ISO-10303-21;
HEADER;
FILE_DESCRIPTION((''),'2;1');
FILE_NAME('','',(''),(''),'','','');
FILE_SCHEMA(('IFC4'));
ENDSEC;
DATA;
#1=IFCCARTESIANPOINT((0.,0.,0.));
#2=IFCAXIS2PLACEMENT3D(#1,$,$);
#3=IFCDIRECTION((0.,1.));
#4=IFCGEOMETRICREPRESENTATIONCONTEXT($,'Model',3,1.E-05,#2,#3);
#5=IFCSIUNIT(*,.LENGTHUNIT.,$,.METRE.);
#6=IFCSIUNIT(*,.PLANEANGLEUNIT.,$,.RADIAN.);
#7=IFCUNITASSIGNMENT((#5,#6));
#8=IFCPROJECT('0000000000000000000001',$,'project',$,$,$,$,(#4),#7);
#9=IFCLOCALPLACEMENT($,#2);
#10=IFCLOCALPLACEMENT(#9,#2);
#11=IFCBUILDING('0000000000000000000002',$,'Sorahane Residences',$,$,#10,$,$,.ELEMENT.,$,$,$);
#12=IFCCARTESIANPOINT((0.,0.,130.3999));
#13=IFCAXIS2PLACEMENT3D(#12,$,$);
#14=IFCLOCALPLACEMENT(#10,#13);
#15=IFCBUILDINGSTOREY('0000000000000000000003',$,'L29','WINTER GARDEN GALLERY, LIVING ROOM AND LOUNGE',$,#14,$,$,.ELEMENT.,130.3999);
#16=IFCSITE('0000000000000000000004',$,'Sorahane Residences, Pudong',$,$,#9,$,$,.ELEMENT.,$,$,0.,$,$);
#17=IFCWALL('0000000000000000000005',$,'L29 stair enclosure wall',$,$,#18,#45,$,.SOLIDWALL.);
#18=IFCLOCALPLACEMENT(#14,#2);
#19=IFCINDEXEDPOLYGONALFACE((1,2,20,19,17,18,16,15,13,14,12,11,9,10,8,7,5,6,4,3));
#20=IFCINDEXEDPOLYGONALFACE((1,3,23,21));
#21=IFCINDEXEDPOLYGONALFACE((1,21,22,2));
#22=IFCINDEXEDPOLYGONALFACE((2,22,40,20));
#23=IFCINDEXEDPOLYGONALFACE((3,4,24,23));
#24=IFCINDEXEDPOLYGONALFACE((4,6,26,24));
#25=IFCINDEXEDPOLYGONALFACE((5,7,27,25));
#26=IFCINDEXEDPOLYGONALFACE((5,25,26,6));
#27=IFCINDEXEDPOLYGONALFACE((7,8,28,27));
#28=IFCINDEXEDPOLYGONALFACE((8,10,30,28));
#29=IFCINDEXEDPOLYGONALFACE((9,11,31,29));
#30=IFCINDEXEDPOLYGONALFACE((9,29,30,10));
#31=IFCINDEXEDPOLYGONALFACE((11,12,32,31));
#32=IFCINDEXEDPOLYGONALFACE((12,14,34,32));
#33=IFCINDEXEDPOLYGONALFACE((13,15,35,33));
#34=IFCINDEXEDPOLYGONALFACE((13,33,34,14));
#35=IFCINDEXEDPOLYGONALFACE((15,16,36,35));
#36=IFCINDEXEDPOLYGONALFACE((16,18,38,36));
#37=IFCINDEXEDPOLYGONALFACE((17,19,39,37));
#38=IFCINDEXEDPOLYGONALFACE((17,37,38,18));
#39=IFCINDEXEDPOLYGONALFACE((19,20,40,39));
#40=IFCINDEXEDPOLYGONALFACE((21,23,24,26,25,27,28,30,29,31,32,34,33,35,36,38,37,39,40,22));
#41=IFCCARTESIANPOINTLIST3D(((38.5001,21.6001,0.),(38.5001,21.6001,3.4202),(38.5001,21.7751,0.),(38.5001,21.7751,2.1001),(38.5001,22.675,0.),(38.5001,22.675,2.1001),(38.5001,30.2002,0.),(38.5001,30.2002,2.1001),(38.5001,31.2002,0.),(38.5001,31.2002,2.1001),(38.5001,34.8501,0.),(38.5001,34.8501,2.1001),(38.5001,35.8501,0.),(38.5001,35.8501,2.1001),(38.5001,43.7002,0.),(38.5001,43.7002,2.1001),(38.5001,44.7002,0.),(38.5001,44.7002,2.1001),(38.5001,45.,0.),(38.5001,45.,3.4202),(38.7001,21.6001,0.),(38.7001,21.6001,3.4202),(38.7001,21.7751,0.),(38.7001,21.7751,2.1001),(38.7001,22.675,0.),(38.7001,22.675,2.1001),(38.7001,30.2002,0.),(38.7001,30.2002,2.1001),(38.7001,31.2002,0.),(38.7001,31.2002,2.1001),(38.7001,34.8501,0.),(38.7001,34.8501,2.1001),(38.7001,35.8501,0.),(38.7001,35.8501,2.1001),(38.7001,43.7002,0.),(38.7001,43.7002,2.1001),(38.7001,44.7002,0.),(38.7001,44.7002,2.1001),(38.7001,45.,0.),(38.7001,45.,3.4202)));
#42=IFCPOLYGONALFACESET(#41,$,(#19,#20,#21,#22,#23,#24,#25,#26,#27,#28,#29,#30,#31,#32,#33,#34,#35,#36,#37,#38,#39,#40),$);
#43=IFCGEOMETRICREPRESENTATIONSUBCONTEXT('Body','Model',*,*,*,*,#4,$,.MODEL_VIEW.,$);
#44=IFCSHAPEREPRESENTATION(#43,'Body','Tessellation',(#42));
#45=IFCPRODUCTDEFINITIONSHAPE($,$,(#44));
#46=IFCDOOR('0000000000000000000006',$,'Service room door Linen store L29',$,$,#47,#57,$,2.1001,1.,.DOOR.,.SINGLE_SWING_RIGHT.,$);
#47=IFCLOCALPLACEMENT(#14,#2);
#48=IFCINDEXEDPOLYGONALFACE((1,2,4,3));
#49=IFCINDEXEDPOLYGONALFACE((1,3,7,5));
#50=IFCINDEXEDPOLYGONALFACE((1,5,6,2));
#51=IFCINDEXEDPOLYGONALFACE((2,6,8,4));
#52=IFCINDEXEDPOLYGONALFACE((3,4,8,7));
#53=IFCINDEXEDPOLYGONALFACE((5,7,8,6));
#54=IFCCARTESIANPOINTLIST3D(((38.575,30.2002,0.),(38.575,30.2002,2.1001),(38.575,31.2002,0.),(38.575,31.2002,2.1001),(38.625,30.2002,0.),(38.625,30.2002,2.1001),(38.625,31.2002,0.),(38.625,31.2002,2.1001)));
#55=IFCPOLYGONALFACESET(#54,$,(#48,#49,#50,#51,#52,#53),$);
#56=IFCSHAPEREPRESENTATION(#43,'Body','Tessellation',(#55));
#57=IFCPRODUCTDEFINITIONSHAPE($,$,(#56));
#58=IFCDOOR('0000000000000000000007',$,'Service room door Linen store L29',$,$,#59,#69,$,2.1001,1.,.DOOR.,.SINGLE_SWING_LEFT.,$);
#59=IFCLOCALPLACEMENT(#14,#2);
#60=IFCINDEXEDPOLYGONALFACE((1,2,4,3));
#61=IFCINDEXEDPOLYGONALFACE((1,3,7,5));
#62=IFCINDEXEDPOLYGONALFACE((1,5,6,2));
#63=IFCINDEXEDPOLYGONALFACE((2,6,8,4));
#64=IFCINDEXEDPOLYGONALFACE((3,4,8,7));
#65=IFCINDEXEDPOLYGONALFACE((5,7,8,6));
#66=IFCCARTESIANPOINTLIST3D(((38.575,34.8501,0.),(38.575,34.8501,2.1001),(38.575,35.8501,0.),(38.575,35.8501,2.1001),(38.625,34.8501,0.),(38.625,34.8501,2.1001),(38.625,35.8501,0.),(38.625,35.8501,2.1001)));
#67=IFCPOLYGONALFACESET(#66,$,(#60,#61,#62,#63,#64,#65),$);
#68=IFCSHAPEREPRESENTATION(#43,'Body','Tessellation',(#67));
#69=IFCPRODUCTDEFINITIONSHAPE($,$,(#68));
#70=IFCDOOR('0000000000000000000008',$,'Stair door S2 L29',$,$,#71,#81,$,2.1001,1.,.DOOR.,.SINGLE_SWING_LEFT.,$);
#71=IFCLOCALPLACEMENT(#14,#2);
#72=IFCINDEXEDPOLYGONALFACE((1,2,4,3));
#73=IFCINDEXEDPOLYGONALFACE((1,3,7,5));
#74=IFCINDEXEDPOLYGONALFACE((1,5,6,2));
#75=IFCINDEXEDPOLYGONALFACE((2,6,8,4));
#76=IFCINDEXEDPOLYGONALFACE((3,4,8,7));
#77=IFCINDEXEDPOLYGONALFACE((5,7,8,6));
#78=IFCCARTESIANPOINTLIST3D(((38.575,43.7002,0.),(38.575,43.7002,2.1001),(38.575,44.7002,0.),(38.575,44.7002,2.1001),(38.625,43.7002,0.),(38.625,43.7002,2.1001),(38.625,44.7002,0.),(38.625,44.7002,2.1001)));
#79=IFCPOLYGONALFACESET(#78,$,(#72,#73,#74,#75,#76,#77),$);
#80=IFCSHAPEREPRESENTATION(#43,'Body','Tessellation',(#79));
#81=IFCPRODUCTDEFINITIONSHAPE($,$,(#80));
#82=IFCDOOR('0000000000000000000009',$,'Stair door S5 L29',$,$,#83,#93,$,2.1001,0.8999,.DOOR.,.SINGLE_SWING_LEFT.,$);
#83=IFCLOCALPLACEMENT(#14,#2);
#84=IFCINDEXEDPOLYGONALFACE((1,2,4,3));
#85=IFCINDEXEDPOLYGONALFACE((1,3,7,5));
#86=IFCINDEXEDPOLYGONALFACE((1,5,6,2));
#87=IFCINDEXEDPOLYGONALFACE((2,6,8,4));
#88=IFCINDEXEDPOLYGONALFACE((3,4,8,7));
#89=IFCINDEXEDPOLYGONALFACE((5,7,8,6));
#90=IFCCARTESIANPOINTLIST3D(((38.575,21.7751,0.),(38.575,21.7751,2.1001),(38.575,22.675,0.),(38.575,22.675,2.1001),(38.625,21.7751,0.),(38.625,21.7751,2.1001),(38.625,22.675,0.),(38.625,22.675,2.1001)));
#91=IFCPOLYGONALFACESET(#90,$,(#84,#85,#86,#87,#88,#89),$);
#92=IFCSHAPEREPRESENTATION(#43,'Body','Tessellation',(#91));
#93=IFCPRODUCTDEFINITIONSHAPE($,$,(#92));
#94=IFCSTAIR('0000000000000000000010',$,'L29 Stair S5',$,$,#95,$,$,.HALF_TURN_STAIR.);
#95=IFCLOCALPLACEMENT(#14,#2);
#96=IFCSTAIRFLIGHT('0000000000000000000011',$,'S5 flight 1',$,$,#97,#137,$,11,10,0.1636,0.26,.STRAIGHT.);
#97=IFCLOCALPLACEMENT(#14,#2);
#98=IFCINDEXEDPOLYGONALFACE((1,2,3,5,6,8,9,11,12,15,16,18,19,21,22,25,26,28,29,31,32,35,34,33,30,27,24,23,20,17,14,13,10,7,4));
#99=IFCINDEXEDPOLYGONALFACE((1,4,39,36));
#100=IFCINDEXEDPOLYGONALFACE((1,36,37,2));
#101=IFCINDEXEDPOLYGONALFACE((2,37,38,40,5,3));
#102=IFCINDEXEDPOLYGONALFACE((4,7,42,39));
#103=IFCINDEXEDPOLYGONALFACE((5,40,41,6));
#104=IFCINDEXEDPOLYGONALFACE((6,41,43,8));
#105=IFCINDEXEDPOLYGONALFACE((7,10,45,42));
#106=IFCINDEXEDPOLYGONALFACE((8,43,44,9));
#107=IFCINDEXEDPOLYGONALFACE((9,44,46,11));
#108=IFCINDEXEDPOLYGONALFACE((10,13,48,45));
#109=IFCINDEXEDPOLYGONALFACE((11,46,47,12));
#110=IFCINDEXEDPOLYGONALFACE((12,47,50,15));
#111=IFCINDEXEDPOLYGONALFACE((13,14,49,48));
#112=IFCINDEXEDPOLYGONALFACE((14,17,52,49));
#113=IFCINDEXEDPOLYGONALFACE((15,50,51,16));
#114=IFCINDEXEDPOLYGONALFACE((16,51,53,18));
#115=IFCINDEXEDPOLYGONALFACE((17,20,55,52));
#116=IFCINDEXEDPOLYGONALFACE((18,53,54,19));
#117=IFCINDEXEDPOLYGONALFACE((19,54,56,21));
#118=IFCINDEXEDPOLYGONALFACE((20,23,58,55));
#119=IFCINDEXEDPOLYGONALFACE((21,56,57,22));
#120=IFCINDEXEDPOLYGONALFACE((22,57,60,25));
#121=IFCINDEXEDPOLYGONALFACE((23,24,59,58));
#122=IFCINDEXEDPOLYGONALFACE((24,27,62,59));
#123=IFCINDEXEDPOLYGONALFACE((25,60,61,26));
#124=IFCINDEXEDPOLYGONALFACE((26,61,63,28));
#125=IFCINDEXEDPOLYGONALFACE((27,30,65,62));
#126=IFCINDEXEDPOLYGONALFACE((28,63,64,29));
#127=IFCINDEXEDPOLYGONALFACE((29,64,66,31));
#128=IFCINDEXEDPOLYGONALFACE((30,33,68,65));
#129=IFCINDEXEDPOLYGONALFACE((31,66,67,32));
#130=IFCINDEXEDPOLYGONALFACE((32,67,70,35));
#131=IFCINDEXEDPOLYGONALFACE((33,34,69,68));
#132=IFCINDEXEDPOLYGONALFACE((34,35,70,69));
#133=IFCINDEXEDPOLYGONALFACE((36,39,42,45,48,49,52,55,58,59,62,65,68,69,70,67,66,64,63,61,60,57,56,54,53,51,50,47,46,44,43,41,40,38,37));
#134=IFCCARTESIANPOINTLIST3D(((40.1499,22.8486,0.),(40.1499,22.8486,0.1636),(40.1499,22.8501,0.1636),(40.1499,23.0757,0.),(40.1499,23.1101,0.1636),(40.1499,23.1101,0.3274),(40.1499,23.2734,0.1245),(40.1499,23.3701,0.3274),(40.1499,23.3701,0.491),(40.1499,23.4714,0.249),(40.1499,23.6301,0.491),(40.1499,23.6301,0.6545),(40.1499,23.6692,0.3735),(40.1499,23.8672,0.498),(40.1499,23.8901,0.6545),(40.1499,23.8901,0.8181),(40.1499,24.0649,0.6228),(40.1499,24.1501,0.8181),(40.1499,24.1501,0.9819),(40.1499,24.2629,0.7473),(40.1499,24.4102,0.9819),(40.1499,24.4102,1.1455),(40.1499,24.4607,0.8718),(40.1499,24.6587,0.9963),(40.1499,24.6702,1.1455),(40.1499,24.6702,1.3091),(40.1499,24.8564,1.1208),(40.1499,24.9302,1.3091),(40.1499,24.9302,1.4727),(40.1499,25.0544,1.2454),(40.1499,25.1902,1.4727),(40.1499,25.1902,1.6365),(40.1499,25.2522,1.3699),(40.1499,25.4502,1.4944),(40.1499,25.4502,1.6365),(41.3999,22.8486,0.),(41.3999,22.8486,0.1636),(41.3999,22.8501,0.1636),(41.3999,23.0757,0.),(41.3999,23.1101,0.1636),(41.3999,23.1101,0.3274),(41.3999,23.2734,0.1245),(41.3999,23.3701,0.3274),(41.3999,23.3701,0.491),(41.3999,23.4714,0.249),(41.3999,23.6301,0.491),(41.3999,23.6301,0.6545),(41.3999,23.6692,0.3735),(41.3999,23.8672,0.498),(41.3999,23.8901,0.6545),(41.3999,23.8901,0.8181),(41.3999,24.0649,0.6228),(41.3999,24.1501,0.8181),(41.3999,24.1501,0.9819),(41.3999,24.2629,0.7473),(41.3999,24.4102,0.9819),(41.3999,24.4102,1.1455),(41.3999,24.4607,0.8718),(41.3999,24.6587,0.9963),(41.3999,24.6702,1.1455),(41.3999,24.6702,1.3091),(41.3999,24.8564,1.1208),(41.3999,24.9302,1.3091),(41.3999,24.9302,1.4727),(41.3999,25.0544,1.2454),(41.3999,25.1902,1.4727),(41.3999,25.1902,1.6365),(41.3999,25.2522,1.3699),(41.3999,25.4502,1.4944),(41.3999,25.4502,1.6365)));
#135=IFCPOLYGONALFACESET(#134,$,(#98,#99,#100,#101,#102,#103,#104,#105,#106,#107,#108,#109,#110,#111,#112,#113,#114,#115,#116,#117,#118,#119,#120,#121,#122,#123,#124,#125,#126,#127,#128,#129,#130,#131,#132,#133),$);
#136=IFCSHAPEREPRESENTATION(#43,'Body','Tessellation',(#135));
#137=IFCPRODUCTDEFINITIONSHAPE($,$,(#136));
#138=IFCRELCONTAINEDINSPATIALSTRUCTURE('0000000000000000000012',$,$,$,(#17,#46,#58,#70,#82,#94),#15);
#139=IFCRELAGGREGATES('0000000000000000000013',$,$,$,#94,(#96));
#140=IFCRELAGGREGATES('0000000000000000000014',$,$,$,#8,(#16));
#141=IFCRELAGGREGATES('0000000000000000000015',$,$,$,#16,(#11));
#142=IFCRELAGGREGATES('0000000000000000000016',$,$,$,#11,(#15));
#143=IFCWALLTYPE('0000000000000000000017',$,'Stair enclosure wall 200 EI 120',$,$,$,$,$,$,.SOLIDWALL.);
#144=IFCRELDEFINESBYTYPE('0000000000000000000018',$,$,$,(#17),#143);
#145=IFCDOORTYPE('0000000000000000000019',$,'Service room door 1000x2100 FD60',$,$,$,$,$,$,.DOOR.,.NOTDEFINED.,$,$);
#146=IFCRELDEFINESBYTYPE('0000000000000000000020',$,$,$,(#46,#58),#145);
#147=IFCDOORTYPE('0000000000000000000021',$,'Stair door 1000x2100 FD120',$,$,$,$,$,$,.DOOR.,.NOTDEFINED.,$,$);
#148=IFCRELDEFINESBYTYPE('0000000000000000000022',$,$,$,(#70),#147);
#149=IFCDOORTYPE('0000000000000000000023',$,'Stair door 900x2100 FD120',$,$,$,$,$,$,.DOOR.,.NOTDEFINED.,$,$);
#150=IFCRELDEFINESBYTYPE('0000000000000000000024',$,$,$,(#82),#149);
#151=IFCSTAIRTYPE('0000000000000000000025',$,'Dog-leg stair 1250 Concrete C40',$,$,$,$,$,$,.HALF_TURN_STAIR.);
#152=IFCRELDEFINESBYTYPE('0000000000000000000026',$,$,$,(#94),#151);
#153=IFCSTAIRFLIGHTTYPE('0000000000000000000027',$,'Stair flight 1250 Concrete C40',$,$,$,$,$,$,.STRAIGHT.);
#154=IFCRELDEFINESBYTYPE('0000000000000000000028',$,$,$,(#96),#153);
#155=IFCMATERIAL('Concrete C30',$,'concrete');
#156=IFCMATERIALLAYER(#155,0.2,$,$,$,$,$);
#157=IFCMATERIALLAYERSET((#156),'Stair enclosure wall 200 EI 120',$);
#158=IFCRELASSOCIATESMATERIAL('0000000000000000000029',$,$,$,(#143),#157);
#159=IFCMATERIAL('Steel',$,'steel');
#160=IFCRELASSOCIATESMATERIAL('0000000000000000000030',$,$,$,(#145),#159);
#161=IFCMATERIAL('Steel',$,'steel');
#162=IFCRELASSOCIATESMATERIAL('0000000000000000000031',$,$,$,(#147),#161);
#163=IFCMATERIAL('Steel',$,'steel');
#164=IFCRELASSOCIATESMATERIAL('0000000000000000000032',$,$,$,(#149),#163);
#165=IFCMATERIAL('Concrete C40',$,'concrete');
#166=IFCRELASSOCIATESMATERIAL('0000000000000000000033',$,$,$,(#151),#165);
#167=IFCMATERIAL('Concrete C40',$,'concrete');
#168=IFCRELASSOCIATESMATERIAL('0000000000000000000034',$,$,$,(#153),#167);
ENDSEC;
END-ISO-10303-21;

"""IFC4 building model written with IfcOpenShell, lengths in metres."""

from ifc_helpers import new_model, si_unit, direction, frame, frame_2d, origin, place, context, subcontext, project, spatial, polyline, rectangle, outline, extrude, material, layer, layer_set, type_object, element, fill, aggregate, save


model = new_model("IFC4")

# Units and contexts
model_context = context("Model", 3, precision=1e-05, world=origin(), true_north=direction((0.0, 1.0)))
body_context = subcontext(model_context, "Body", "Model", "MODEL_VIEW")
ifc_project = project(units=[si_unit("LENGTHUNIT", "METRE"), si_unit("PLANEANGLEUNIT", "RADIAN")], contexts=[model_context])

# Site, building, storey
site_placement = place(None, origin())
site = spatial("IfcSite", under=ifc_project, at=site_placement, Name="Sorahane Residences, Pudong", CompositionType="ELEMENT", RefElevation=0.0)
building_placement = place(site_placement, origin())
building = spatial("IfcBuilding", under=site, at=building_placement, Name="Sorahane Residences", CompositionType="ELEMENT")
storey_placement = place(building_placement, frame((0.0, 0.0, 130.3999)))
storey = spatial("IfcBuildingStorey", under=building, at=storey_placement, Name="L29", Description="WINTER GARDEN GALLERY, LIVING ROOM AND LOUNGE", CompositionType="ELEMENT", Elevation=130.3999)

# Wall, openings, doors
ifc_material_1 = material(Name="Concrete C30", Category="concrete")
ifc_layer_1 = layer(ifc_material_1, 0.2)
ifc_layer_set_1 = layer_set([ifc_layer_1], Name="Stair enclosure wall 200 EI 120")
wall_type_1 = type_object("IfcWallType", Name="Stair enclosure wall 200 EI 120", PredefinedType="SOLIDWALL", material=ifc_layer_set_1)
wall_1_placement = place(storey_placement, frame((38.6001, 21.6001, 0.0), z_axis=(0.0, 0.0, 1.0), x_axis=(0.0, 1.0, 0.0)))
wall_1 = element("IfcWall", 1, at=wall_1_placement, inside=storey, type_object=wall_type_1, Name="L29 stair enclosure wall", PredefinedType="SOLIDWALL", context=body_context, shape_type="SweptSolid", body=[
    extrude(rectangle(XDim=23.3999, YDim=0.2, at=frame_2d((11.7, 0.0))), origin(), (0.0, 0.0, 1.0), 3.4202),
])
opening_1_placement = place(wall_1_placement, frame((8.6001, 0.0, 0.0)))
opening_1 = element("IfcOpeningElement", 2, at=opening_1_placement, cuts=wall_1, PredefinedType="OPENING", context=body_context, shape_type="SweptSolid", body=[
    extrude(rectangle(XDim=1.0, YDim=2.1001, at=frame_2d((0.5, 1.05))), frame((0.0, 0.1099, 0.0), z_axis=(0.0, -1.0, 0.0), x_axis=(1.0, 0.0, 0.0)), (0.0, 0.0, 1.0), 0.22),
])
opening_2_placement = place(wall_1_placement, frame((13.25, 0.0, 0.0)))
opening_2 = element("IfcOpeningElement", 3, at=opening_2_placement, cuts=wall_1, PredefinedType="OPENING", context=body_context, shape_type="SweptSolid", body=[
    extrude(rectangle(XDim=1.0, YDim=2.1001, at=frame_2d((0.5, 1.05))), frame((0.0, 0.1099, 0.0), z_axis=(0.0, -1.0, 0.0), x_axis=(1.0, 0.0, 0.0)), (0.0, 0.0, 1.0), 0.22),
])
opening_3_placement = place(wall_1_placement, frame((22.1001, 0.0, 0.0)))
opening_3 = element("IfcOpeningElement", 4, at=opening_3_placement, cuts=wall_1, PredefinedType="OPENING", context=body_context, shape_type="SweptSolid", body=[
    extrude(rectangle(XDim=1.0, YDim=2.1001, at=frame_2d((0.5, 1.05))), frame((0.0, 0.1099, 0.0), z_axis=(0.0, -1.0, 0.0), x_axis=(1.0, 0.0, 0.0)), (0.0, 0.0, 1.0), 0.22),
])
opening_4_placement = place(wall_1_placement, frame((0.175, 0.0, 0.0)))
opening_4 = element("IfcOpeningElement", 5, at=opening_4_placement, cuts=wall_1, PredefinedType="OPENING", context=body_context, shape_type="SweptSolid", body=[
    extrude(rectangle(XDim=0.8999, YDim=2.1001, at=frame_2d((0.45, 1.05))), frame((0.0, 0.1099, 0.0), z_axis=(0.0, -1.0, 0.0), x_axis=(1.0, 0.0, 0.0)), (0.0, 0.0, 1.0), 0.22),
])
ifc_material_2 = material(Name="Steel", Category="steel")
door_type_1 = type_object("IfcDoorType", Name="Service room door 1000x2100 FD60", OperationType="NOTDEFINED", PredefinedType="DOOR", material=ifc_material_2)
door_1_placement = place(opening_1_placement, frame((1.0, 0.0, 0.0), z_axis=(0.0, 0.0, 1.0), x_axis=(-1.0, 0.0, 0.0)))
door_1 = element("IfcDoor", 6, at=door_1_placement, inside=storey, type_object=door_type_1, Name="Service room door Linen store L29", OperationType="SINGLE_SWING_RIGHT", OverallHeight=2.1001, OverallWidth=1.0, PredefinedType="DOOR", context=body_context, shape_type="SweptSolid", body=[
    extrude(rectangle(XDim=1.0, YDim=2.1001, at=frame_2d((0.5, 1.05))), frame((0.0, 0.0249, 0.0), z_axis=(0.0, -1.0, 0.0), x_axis=(1.0, 0.0, 0.0)), (0.0, 0.0, 1.0), 0.05),
])
fill(opening_1, door_1)
door_2_placement = place(opening_2_placement, frame((1.0, 0.0, 0.0), z_axis=(0.0, 0.0, 1.0), x_axis=(-1.0, 0.0, 0.0)))
door_2 = element("IfcDoor", 7, at=door_2_placement, inside=storey, type_object=door_type_1, Name="Service room door Linen store L29", OperationType="SINGLE_SWING_LEFT", OverallHeight=2.1001, OverallWidth=1.0, PredefinedType="DOOR", context=body_context, shape_type="SweptSolid", body=[
    extrude(rectangle(XDim=1.0, YDim=2.1001, at=frame_2d((0.5, 1.05))), frame((0.0, 0.0249, 0.0), z_axis=(0.0, -1.0, 0.0), x_axis=(1.0, 0.0, 0.0)), (0.0, 0.0, 1.0), 0.05),
])
fill(opening_2, door_2)
ifc_material_3 = material(Name="Steel", Category="steel")
door_type_2 = type_object("IfcDoorType", Name="Stair door 1000x2100 FD120", OperationType="NOTDEFINED", PredefinedType="DOOR", material=ifc_material_3)
door_3_placement = place(opening_3_placement, frame((1.0, 0.0, 0.0), z_axis=(0.0, 0.0, 1.0), x_axis=(-1.0, 0.0, 0.0)))
door_3 = element("IfcDoor", 8, at=door_3_placement, inside=storey, type_object=door_type_2, Name="Stair door S2 L29", OperationType="SINGLE_SWING_LEFT", OverallHeight=2.1001, OverallWidth=1.0, PredefinedType="DOOR", context=body_context, shape_type="SweptSolid", body=[
    extrude(rectangle(XDim=1.0, YDim=2.1001, at=frame_2d((0.5, 1.05))), frame((0.0, 0.0249, 0.0), z_axis=(0.0, -1.0, 0.0), x_axis=(1.0, 0.0, 0.0)), (0.0, 0.0, 1.0), 0.05),
])
fill(opening_3, door_3)
ifc_material_4 = material(Name="Steel", Category="steel")
door_type_3 = type_object("IfcDoorType", Name="Stair door 900x2100 FD120", OperationType="NOTDEFINED", PredefinedType="DOOR", material=ifc_material_4)
door_4_placement = place(opening_4_placement, frame((0.8999, 0.0, 0.0), z_axis=(0.0, 0.0, 1.0), x_axis=(-1.0, 0.0, 0.0)))
door_4 = element("IfcDoor", 9, at=door_4_placement, inside=storey, type_object=door_type_3, Name="Stair door S5 L29", OperationType="SINGLE_SWING_LEFT", OverallHeight=2.1001, OverallWidth=0.8999, PredefinedType="DOOR", context=body_context, shape_type="SweptSolid", body=[
    extrude(rectangle(XDim=0.8999, YDim=2.1001, at=frame_2d((0.45, 1.05))), frame((0.0, 0.0249, 0.0), z_axis=(0.0, -1.0, 0.0), x_axis=(1.0, 0.0, 0.0)), (0.0, 0.0, 1.0), 0.05),
])
fill(opening_4, door_4)

# Stair, stair flight
ifc_material_5 = material(Name="Concrete C40", Category="concrete")
stair_type = type_object("IfcStairType", Name="Dog-leg stair 1250 Concrete C40", PredefinedType="HALF_TURN_STAIR", material=ifc_material_5)
stair_placement = place(storey_placement, origin())
stair = element("IfcStair", 10, at=stair_placement, inside=storey, type_object=stair_type, Name="L29 Stair S5", PredefinedType="HALF_TURN_STAIR")
ifc_material_6 = material(Name="Concrete C40", Category="concrete")
stair_flight_type = type_object("IfcStairFlightType", Name="Stair flight 1250 Concrete C40", PredefinedType="STRAIGHT", material=ifc_material_6)
stair_flight_placement = place(storey_placement, frame((40.7749, 22.8501, 0.0), z_axis=(0.0, 0.0, 1.0), x_axis=(0.0, 1.0, 0.0)))
stair_flight = element("IfcStairFlight", 11, at=stair_flight_placement, type_object=stair_flight_type, Name="S5 flight 1", NumberOfRisers=11, NumberOfTreads=10, PredefinedType="STRAIGHT", RiserHeight=0.1636, TreadLength=0.26, context=body_context, shape_type="SweptSolid", body=[
    extrude(outline(polyline([(-0.0015, 0.0), (-0.0015, 0.1636), (0.0, 0.1636), (0.26, 0.1636), (0.26, 0.3274), (0.52, 0.3274), (0.52, 0.491), (0.78, 0.491), (0.78, 0.6545), (1.04, 0.6545), (1.04, 0.8181), (1.3, 0.8181), (1.3, 0.9819), (1.5601, 0.9819), (1.5601, 1.1455), (1.8201, 1.1455), (1.8201, 1.3091), (2.0801, 1.3091), (2.0801, 1.4727), (2.3401, 1.4727), (2.3401, 1.6365), (2.6001, 1.6365), (2.6001, 1.8), (2.6001, 1.4944), (2.4021, 1.3699), (2.2043, 1.2454), (2.0063, 1.1208), (1.8086, 0.9963), (1.6106, 0.8718), (1.4128, 0.7473), (1.2148, 0.6228), (1.0171, 0.498), (0.8191, 0.3735), (0.6213, 0.249), (0.4233, 0.1245), (0.2256, 0.0), (-0.0015, 0.0)])), frame((0.0, 0.625, 0.0), z_axis=(0.0, -1.0, 0.0), x_axis=(1.0, 0.0, 0.0)), (0.0, 0.0, 1.0), 1.25),
])
aggregate(stair, [stair_flight])

save(model, "model.ifc")
